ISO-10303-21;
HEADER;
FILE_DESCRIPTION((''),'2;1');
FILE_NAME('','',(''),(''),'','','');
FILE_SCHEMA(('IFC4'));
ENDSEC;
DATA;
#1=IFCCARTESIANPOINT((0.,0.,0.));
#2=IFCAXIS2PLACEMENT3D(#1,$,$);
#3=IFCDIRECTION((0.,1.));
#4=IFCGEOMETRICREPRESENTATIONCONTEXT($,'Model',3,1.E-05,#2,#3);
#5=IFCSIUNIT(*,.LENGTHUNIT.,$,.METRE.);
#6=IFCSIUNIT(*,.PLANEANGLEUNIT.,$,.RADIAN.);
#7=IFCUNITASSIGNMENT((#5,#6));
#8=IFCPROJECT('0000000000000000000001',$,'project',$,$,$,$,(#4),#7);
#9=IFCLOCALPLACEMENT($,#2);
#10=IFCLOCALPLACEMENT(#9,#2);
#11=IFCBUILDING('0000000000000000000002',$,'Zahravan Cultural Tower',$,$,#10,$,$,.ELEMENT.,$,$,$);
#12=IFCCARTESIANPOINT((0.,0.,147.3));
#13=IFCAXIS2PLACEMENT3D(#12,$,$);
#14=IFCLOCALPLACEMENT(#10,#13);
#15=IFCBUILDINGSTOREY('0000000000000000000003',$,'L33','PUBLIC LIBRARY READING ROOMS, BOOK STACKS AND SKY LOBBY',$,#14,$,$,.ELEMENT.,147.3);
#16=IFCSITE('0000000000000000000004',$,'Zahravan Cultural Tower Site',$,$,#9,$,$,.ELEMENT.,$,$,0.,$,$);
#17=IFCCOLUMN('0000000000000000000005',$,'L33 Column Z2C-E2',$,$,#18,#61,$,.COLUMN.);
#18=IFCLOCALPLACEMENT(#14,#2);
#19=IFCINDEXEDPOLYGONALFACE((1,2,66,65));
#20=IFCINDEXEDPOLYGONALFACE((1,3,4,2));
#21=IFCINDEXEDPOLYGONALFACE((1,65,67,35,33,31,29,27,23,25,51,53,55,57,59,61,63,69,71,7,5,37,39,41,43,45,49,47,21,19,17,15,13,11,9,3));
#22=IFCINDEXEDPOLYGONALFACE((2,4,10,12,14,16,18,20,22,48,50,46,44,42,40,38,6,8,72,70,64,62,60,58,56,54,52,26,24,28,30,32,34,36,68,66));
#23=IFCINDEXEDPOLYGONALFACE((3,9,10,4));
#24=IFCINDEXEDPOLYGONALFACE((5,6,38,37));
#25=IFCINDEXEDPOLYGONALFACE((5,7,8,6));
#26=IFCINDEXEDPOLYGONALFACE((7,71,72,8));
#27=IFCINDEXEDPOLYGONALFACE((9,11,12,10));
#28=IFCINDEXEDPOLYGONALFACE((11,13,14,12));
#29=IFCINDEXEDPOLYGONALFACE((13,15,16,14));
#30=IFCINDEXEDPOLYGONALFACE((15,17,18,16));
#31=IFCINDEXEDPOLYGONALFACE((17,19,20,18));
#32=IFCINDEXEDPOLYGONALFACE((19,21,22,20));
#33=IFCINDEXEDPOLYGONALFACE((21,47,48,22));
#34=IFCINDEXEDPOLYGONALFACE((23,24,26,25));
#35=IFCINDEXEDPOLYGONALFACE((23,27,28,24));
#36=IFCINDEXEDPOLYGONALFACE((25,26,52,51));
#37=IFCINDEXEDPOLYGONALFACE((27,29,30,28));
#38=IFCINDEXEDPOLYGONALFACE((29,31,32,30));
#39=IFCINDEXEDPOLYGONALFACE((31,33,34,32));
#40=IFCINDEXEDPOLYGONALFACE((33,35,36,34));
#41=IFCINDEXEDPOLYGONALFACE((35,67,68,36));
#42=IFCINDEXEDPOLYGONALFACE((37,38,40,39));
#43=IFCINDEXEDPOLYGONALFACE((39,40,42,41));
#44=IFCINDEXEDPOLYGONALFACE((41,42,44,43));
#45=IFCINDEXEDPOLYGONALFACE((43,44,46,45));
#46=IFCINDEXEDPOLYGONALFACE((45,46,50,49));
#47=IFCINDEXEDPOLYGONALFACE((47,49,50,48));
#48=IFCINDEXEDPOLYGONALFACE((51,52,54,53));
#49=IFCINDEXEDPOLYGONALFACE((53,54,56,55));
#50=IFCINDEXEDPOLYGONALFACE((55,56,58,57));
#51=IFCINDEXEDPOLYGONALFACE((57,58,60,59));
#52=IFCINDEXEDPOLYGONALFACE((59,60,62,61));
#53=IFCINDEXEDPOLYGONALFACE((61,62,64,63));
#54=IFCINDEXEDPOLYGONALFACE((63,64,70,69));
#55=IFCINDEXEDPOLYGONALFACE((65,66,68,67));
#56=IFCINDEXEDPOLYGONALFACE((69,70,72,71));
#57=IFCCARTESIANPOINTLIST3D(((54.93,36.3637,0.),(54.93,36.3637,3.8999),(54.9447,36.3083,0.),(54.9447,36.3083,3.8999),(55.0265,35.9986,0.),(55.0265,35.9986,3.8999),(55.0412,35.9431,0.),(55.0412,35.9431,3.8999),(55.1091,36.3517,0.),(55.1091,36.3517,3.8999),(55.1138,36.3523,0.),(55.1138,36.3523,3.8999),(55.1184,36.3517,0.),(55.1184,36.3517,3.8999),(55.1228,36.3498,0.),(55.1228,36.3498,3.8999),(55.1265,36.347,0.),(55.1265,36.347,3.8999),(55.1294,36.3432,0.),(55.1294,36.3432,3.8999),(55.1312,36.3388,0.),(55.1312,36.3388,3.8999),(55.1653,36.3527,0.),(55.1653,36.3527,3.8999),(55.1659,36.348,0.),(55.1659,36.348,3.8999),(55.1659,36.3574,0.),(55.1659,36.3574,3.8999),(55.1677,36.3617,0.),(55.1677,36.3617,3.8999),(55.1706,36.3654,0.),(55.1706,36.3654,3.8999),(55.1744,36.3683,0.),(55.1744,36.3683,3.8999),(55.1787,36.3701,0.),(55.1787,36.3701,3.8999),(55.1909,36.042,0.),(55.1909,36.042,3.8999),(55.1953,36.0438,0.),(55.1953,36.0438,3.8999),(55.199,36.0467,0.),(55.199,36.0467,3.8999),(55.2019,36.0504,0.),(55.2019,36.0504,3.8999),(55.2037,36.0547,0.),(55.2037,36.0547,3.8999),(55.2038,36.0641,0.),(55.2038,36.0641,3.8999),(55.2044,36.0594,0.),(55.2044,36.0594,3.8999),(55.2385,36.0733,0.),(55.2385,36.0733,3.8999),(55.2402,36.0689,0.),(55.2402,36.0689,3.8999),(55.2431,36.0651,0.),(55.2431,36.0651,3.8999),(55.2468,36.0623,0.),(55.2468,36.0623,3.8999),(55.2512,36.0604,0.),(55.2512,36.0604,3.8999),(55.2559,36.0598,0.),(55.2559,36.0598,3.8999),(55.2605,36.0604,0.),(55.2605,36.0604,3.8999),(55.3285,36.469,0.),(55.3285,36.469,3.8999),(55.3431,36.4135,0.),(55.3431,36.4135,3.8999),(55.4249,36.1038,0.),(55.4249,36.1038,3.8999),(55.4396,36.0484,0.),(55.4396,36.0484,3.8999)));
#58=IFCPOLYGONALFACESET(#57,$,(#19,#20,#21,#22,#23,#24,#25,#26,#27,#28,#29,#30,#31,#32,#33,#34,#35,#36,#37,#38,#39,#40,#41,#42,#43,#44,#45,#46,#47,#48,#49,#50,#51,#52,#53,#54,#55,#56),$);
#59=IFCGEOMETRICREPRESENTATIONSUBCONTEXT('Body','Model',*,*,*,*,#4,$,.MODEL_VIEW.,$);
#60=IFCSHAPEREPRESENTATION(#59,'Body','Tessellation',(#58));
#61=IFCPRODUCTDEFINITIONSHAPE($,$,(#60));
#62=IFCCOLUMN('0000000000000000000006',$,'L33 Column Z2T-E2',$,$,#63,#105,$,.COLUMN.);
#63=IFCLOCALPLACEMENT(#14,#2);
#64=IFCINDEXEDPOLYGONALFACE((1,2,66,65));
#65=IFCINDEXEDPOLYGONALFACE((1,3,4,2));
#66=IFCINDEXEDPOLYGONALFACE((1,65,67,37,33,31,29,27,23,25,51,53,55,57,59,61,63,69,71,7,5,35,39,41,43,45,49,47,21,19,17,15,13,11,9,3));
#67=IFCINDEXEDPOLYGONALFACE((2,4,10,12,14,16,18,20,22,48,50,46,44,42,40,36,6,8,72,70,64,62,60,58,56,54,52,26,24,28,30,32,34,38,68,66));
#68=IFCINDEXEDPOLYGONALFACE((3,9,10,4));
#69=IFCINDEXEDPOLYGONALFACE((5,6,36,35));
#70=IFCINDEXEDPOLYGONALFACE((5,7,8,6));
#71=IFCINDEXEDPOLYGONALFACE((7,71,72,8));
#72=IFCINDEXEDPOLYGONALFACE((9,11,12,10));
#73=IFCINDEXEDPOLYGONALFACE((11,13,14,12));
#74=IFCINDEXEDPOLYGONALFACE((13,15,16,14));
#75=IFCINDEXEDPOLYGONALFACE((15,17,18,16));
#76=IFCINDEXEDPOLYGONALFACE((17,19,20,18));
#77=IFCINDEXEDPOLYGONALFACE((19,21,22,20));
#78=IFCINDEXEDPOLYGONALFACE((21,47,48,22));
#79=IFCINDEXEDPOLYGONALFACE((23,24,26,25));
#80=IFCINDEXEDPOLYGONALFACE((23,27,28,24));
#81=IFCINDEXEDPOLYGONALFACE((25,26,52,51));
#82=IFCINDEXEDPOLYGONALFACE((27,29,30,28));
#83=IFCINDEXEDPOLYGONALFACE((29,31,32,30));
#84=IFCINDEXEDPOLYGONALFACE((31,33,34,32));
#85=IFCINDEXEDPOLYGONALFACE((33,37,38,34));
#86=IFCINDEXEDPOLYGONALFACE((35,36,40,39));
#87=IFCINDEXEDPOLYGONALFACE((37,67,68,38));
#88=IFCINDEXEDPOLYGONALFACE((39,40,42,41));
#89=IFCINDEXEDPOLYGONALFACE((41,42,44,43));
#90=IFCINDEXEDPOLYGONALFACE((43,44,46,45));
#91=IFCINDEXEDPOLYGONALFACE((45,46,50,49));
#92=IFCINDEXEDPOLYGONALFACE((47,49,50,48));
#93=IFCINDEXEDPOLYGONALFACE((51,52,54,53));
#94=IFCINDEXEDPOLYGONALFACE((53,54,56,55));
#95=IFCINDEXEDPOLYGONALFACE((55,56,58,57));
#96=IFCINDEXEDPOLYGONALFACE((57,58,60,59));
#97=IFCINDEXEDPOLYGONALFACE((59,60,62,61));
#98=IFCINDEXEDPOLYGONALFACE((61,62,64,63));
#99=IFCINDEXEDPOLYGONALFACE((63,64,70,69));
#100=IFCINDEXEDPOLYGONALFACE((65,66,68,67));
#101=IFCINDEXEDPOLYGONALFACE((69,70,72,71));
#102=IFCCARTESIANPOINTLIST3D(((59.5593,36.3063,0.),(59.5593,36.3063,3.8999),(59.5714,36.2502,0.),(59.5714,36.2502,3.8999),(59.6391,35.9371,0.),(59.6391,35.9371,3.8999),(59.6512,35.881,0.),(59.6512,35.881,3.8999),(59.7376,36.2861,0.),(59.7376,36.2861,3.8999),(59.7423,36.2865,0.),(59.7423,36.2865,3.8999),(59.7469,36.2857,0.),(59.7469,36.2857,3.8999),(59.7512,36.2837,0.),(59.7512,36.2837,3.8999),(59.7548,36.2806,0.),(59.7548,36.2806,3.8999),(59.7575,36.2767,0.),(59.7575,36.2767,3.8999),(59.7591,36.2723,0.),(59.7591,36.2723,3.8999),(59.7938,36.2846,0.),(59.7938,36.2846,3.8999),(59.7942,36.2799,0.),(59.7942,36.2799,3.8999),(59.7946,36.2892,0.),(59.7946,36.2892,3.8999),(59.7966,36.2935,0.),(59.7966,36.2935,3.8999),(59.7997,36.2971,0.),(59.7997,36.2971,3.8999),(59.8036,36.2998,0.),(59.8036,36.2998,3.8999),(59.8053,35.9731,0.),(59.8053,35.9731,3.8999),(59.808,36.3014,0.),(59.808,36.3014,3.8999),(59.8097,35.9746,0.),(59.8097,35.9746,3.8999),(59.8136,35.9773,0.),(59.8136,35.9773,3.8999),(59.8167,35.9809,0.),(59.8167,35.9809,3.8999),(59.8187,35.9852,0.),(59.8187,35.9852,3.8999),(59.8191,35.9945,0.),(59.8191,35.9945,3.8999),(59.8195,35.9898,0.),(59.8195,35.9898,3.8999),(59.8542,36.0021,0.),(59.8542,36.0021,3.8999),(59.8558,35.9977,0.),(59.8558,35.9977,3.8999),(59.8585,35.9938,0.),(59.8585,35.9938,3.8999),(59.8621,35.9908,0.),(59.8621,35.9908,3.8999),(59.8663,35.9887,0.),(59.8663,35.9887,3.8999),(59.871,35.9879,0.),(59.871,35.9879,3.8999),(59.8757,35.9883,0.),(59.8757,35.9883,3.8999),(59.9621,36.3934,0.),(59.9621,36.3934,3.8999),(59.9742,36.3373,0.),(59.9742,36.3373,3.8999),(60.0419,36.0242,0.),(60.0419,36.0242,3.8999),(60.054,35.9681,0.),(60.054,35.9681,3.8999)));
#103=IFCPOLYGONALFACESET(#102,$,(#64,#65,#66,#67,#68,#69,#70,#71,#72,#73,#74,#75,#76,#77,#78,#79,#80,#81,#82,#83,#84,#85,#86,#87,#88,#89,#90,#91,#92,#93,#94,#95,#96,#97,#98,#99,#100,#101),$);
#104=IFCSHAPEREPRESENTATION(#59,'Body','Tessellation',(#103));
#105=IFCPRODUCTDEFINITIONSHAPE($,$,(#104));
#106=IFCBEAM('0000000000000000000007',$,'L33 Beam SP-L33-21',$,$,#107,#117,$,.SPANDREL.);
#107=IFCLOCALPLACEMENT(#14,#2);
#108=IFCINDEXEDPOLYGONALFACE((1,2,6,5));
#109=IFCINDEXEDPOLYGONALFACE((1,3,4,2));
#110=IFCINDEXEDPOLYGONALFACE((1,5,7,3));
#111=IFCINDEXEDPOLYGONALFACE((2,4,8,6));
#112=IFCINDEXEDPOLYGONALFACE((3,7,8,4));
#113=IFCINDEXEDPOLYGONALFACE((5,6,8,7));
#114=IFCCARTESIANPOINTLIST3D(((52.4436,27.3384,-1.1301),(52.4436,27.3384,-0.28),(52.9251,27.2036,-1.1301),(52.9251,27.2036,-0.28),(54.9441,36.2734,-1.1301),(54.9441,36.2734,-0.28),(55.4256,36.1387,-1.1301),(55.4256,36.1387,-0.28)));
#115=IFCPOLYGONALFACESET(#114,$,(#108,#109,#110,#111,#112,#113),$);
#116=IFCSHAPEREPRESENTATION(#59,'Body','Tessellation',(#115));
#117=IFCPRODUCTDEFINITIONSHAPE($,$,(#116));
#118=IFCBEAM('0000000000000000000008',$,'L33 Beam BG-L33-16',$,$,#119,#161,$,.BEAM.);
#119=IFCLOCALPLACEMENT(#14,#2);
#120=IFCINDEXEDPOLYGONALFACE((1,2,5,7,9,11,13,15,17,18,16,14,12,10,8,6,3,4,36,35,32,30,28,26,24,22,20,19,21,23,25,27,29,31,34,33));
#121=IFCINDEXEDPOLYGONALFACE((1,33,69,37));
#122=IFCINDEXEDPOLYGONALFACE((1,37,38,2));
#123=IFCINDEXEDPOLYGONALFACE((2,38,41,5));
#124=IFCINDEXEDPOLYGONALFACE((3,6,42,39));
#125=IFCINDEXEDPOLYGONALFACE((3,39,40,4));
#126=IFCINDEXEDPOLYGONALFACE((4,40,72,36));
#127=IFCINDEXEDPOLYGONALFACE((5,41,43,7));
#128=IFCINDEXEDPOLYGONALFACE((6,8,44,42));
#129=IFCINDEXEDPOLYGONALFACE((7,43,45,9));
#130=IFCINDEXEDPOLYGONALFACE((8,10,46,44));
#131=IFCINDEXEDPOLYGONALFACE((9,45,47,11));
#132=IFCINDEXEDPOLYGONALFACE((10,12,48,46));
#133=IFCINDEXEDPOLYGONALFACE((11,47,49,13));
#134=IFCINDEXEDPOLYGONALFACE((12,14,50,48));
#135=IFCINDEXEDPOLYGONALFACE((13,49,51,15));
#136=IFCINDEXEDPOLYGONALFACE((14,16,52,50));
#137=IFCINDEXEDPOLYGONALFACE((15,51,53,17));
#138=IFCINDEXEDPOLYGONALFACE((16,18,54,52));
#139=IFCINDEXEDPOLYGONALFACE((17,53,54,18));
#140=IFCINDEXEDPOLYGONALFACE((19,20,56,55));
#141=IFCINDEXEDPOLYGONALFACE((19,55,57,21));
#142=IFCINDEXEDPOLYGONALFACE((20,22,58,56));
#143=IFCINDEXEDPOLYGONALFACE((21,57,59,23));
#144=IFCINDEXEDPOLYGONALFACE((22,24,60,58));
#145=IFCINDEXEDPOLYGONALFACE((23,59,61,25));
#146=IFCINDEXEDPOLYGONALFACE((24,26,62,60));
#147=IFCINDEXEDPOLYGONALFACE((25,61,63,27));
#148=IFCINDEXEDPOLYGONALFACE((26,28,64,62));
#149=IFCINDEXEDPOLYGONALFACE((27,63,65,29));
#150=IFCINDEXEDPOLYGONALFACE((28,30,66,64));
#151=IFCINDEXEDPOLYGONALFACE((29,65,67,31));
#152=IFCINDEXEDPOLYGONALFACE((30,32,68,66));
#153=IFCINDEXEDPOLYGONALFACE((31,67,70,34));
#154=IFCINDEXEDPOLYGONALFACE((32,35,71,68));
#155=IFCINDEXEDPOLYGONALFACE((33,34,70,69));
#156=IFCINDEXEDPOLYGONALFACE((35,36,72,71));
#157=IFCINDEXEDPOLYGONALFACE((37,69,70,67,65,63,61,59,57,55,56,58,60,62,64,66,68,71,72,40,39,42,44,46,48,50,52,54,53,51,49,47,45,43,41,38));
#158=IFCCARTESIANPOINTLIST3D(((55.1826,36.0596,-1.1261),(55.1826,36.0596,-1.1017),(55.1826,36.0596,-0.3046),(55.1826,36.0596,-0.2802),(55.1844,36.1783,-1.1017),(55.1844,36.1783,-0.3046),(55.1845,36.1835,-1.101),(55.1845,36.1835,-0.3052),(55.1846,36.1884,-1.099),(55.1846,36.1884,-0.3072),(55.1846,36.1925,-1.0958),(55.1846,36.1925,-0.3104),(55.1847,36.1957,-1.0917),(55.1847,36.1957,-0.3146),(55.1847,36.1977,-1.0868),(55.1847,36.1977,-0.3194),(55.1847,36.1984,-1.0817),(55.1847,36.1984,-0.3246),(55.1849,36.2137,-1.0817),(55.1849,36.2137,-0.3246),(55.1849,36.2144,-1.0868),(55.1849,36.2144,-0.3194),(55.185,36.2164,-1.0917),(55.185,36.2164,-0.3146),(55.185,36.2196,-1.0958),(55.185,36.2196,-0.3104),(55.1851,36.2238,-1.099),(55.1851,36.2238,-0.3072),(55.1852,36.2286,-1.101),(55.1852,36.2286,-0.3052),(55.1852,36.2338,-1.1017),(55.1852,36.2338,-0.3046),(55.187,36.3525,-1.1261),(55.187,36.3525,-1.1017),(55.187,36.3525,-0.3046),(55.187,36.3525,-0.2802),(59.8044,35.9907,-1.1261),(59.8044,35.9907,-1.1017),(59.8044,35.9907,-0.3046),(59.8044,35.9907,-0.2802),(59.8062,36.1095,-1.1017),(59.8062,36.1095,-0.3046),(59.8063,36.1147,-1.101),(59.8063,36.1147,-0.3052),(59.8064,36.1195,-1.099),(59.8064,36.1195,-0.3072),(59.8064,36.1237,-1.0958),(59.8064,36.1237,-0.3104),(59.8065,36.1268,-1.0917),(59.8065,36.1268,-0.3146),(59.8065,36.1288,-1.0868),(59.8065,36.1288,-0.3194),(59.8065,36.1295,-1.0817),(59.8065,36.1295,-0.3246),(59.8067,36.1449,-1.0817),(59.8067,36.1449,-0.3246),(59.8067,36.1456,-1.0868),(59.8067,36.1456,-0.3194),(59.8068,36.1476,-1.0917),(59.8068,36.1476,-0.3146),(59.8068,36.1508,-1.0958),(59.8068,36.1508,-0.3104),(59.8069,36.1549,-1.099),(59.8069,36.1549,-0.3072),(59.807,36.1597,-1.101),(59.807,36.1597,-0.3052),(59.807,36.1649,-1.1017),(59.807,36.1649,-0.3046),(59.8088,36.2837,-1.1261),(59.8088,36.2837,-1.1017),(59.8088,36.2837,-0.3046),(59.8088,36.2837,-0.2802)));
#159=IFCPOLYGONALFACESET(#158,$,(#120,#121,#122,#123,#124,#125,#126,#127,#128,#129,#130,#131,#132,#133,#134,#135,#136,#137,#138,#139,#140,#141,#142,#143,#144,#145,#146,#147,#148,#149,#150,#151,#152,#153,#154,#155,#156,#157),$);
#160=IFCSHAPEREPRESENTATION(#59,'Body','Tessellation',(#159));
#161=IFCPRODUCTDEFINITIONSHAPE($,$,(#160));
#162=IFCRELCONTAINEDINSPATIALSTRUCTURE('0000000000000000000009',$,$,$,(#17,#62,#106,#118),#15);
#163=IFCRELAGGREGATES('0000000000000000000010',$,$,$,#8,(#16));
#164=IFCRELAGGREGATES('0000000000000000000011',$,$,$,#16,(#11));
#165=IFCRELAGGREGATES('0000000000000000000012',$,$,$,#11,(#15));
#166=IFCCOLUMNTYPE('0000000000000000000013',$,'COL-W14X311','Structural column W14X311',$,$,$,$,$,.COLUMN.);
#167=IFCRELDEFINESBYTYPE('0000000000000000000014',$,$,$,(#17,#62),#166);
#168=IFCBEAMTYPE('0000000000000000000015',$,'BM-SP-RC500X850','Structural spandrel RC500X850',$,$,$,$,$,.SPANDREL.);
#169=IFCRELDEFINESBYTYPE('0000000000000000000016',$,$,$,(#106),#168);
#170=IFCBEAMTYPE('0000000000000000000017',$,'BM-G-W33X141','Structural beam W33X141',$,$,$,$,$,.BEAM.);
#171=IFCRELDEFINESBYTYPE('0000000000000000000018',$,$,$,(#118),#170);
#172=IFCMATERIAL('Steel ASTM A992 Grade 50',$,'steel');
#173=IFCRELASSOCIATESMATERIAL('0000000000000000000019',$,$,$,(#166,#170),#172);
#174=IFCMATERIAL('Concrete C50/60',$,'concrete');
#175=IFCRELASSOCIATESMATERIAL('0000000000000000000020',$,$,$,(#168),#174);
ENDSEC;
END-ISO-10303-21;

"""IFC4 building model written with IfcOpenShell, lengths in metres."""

from ifc_helpers import new_model, si_unit, direction, frame, origin, origin_2d, place, context, subcontext, project, spatial, rectangle, i_section, extrude, source, transform, mapped, material, material_profile, profile_set, type_object, element, save


model = new_model("IFC4")

# Units and contexts
model_context = context("Model", 3, precision=1e-05, world=origin(), true_north=direction((0.0, 1.0)))
body_context = subcontext(model_context, "Body", "Model", "MODEL_VIEW")
ifc_project = project(units=[si_unit("LENGTHUNIT", "METRE"), si_unit("PLANEANGLEUNIT", "RADIAN")], contexts=[model_context])

# Site, building, storey
site_placement = place(None, origin())
site = spatial("IfcSite", under=ifc_project, at=site_placement, Name="Zahravan Cultural Tower Site", CompositionType="ELEMENT", RefElevation=0.0)
building_placement = place(site_placement, origin())
building = spatial("IfcBuilding", under=site, at=building_placement, Name="Zahravan Cultural Tower", CompositionType="ELEMENT")
storey_placement = place(building_placement, frame((0.0, 0.0, 147.3)))
storey = spatial("IfcBuildingStorey", under=building, at=storey_placement, Name="L33", Description="PUBLIC LIBRARY READING ROOMS, BOOK STACKS AND SKY LOBBY", CompositionType="ELEMENT", Elevation=147.3)

# Columns
ifc_material_1 = material(Name="Steel ASTM A992 Grade 50", Category="steel")
ifc_material_profile_1 = material_profile(ifc_material_1, i_section(OverallWidth=0.4121, OverallDepth=0.4351, WebThickness=0.0359, FlangeThickness=0.0574, FilletRadius=0.0181, at=origin_2d()), Name="W14X311")
ifc_profile_set_1 = profile_set([ifc_material_profile_1], Name="Steel ASTM A992 Grade 50")
column_type = type_object("IfcColumnType", Name="COL-W14X311", Description="Structural column W14X311", PredefinedType="COLUMN", material=ifc_profile_set_1)
shared_shape_1 = source(origin(), body_context, "Body", "SweptSolid", [
    extrude(i_section(OverallWidth=0.4121, OverallDepth=0.4351, WebThickness=0.0359, FlangeThickness=0.0574, FilletRadius=0.0181, at=origin_2d()), origin(), (0.0, 0.0, 1.0), 3.8999),
])
for number, where, z_axis, x_axis, name in (
    (1, (55.1848, 36.2061, 0.0), (0.0, 0.0, 1.0), (0.966823, 0.255446, 0.0), "L33 Column Z2C-E2"),
    (2, (59.8066, 36.1372, 0.0), (0.0, 0.0, 1.0), (0.977416, 0.211325, 0.0), "L33 Column Z2T-E2"),
):
    element("IfcColumn", number, at=place(storey_placement, frame(where, z_axis=z_axis, x_axis=x_axis)), inside=storey, type_object=column_type, Name=name, PredefinedType="COLUMN", context=body_context, shape_type="MappedRepresentation", body=[
        mapped(shared_shape_1, transform((0.0, 0.0, 0.0), x_axis=(1.0, 0.0, 0.0), y_axis=(0.0, 1.0, 0.0), z_axis=(0.0, 0.0, 1.0), scale=1.0)),
    ])

# Beams
ifc_material_2 = material(Name="Concrete C50/60", Category="concrete")
ifc_material_profile_2 = material_profile(ifc_material_2, rectangle(XDim=0.5, YDim=0.8501, at=origin_2d()), Name="RC500X850")
ifc_profile_set_2 = profile_set([ifc_material_profile_2], Name="Concrete C50/60")
beam_type_1 = type_object("IfcBeamType", Name="BM-SP-RC500X850", Description="Structural spandrel RC500X850", PredefinedType="SPANDREL", material=ifc_profile_set_2)
shared_shape_2 = source(origin(), body_context, "Body", "SweptSolid", [
    extrude(rectangle(XDim=0.5, YDim=0.8501, at=origin_2d()), origin(), (0.0, 0.0, 1.0), 9.2783),
])
beam_1_placement = place(storey_placement, frame((52.6843, 27.271, -0.7051), z_axis=(0.269497, 0.963001, 0.0), x_axis=(-0.963001, 0.269497, 0.0)))
element("IfcBeam", 3, at=beam_1_placement, inside=storey, type_object=beam_type_1, Name="L33 Beam SP-L33-21", PredefinedType="SPANDREL", context=body_context, shape_type="MappedRepresentation", body=[
    mapped(shared_shape_2, transform((0.0, 0.0, 0.0), x_axis=(1.0, 0.0, 0.0), y_axis=(0.0, 1.0, 0.0), z_axis=(0.0, 0.0, 1.0), scale=1.0)),
])
ifc_material_profile_3 = material_profile(ifc_material_1, i_section(OverallWidth=0.293, OverallDepth=0.8459, WebThickness=0.0154, FlangeThickness=0.0244, FilletRadius=0.02, at=origin_2d()), Name="W33X141")
ifc_profile_set_3 = profile_set([ifc_material_profile_3], Name="Steel ASTM A992 Grade 50")
beam_type_2 = type_object("IfcBeamType", Name="BM-G-W33X141", Description="Structural beam W33X141", PredefinedType="BEAM", material=ifc_profile_set_3)
shared_shape_3 = source(origin(), body_context, "Body", "SweptSolid", [
    extrude(i_section(OverallWidth=0.293, OverallDepth=0.8459, WebThickness=0.0154, FlangeThickness=0.0244, FilletRadius=0.02, at=origin_2d()), origin(), (0.0, 0.0, 1.0), 4.6223),
])
beam_2_placement = place(storey_placement, frame((55.1848, 36.2061, -0.7031), z_axis=(0.999889, -0.014895, 0.0), x_axis=(0.014895, 0.999889, 0.0)))
element("IfcBeam", 4, at=beam_2_placement, inside=storey, type_object=beam_type_2, Name="L33 Beam BG-L33-16", PredefinedType="BEAM", context=body_context, shape_type="MappedRepresentation", body=[
    mapped(shared_shape_3, transform((0.0, 0.0, 0.0), x_axis=(1.0, 0.0, 0.0), y_axis=(0.0, 1.0, 0.0), z_axis=(0.0, 0.0, 1.0), scale=1.0)),
])

save(model, "model.ifc")
